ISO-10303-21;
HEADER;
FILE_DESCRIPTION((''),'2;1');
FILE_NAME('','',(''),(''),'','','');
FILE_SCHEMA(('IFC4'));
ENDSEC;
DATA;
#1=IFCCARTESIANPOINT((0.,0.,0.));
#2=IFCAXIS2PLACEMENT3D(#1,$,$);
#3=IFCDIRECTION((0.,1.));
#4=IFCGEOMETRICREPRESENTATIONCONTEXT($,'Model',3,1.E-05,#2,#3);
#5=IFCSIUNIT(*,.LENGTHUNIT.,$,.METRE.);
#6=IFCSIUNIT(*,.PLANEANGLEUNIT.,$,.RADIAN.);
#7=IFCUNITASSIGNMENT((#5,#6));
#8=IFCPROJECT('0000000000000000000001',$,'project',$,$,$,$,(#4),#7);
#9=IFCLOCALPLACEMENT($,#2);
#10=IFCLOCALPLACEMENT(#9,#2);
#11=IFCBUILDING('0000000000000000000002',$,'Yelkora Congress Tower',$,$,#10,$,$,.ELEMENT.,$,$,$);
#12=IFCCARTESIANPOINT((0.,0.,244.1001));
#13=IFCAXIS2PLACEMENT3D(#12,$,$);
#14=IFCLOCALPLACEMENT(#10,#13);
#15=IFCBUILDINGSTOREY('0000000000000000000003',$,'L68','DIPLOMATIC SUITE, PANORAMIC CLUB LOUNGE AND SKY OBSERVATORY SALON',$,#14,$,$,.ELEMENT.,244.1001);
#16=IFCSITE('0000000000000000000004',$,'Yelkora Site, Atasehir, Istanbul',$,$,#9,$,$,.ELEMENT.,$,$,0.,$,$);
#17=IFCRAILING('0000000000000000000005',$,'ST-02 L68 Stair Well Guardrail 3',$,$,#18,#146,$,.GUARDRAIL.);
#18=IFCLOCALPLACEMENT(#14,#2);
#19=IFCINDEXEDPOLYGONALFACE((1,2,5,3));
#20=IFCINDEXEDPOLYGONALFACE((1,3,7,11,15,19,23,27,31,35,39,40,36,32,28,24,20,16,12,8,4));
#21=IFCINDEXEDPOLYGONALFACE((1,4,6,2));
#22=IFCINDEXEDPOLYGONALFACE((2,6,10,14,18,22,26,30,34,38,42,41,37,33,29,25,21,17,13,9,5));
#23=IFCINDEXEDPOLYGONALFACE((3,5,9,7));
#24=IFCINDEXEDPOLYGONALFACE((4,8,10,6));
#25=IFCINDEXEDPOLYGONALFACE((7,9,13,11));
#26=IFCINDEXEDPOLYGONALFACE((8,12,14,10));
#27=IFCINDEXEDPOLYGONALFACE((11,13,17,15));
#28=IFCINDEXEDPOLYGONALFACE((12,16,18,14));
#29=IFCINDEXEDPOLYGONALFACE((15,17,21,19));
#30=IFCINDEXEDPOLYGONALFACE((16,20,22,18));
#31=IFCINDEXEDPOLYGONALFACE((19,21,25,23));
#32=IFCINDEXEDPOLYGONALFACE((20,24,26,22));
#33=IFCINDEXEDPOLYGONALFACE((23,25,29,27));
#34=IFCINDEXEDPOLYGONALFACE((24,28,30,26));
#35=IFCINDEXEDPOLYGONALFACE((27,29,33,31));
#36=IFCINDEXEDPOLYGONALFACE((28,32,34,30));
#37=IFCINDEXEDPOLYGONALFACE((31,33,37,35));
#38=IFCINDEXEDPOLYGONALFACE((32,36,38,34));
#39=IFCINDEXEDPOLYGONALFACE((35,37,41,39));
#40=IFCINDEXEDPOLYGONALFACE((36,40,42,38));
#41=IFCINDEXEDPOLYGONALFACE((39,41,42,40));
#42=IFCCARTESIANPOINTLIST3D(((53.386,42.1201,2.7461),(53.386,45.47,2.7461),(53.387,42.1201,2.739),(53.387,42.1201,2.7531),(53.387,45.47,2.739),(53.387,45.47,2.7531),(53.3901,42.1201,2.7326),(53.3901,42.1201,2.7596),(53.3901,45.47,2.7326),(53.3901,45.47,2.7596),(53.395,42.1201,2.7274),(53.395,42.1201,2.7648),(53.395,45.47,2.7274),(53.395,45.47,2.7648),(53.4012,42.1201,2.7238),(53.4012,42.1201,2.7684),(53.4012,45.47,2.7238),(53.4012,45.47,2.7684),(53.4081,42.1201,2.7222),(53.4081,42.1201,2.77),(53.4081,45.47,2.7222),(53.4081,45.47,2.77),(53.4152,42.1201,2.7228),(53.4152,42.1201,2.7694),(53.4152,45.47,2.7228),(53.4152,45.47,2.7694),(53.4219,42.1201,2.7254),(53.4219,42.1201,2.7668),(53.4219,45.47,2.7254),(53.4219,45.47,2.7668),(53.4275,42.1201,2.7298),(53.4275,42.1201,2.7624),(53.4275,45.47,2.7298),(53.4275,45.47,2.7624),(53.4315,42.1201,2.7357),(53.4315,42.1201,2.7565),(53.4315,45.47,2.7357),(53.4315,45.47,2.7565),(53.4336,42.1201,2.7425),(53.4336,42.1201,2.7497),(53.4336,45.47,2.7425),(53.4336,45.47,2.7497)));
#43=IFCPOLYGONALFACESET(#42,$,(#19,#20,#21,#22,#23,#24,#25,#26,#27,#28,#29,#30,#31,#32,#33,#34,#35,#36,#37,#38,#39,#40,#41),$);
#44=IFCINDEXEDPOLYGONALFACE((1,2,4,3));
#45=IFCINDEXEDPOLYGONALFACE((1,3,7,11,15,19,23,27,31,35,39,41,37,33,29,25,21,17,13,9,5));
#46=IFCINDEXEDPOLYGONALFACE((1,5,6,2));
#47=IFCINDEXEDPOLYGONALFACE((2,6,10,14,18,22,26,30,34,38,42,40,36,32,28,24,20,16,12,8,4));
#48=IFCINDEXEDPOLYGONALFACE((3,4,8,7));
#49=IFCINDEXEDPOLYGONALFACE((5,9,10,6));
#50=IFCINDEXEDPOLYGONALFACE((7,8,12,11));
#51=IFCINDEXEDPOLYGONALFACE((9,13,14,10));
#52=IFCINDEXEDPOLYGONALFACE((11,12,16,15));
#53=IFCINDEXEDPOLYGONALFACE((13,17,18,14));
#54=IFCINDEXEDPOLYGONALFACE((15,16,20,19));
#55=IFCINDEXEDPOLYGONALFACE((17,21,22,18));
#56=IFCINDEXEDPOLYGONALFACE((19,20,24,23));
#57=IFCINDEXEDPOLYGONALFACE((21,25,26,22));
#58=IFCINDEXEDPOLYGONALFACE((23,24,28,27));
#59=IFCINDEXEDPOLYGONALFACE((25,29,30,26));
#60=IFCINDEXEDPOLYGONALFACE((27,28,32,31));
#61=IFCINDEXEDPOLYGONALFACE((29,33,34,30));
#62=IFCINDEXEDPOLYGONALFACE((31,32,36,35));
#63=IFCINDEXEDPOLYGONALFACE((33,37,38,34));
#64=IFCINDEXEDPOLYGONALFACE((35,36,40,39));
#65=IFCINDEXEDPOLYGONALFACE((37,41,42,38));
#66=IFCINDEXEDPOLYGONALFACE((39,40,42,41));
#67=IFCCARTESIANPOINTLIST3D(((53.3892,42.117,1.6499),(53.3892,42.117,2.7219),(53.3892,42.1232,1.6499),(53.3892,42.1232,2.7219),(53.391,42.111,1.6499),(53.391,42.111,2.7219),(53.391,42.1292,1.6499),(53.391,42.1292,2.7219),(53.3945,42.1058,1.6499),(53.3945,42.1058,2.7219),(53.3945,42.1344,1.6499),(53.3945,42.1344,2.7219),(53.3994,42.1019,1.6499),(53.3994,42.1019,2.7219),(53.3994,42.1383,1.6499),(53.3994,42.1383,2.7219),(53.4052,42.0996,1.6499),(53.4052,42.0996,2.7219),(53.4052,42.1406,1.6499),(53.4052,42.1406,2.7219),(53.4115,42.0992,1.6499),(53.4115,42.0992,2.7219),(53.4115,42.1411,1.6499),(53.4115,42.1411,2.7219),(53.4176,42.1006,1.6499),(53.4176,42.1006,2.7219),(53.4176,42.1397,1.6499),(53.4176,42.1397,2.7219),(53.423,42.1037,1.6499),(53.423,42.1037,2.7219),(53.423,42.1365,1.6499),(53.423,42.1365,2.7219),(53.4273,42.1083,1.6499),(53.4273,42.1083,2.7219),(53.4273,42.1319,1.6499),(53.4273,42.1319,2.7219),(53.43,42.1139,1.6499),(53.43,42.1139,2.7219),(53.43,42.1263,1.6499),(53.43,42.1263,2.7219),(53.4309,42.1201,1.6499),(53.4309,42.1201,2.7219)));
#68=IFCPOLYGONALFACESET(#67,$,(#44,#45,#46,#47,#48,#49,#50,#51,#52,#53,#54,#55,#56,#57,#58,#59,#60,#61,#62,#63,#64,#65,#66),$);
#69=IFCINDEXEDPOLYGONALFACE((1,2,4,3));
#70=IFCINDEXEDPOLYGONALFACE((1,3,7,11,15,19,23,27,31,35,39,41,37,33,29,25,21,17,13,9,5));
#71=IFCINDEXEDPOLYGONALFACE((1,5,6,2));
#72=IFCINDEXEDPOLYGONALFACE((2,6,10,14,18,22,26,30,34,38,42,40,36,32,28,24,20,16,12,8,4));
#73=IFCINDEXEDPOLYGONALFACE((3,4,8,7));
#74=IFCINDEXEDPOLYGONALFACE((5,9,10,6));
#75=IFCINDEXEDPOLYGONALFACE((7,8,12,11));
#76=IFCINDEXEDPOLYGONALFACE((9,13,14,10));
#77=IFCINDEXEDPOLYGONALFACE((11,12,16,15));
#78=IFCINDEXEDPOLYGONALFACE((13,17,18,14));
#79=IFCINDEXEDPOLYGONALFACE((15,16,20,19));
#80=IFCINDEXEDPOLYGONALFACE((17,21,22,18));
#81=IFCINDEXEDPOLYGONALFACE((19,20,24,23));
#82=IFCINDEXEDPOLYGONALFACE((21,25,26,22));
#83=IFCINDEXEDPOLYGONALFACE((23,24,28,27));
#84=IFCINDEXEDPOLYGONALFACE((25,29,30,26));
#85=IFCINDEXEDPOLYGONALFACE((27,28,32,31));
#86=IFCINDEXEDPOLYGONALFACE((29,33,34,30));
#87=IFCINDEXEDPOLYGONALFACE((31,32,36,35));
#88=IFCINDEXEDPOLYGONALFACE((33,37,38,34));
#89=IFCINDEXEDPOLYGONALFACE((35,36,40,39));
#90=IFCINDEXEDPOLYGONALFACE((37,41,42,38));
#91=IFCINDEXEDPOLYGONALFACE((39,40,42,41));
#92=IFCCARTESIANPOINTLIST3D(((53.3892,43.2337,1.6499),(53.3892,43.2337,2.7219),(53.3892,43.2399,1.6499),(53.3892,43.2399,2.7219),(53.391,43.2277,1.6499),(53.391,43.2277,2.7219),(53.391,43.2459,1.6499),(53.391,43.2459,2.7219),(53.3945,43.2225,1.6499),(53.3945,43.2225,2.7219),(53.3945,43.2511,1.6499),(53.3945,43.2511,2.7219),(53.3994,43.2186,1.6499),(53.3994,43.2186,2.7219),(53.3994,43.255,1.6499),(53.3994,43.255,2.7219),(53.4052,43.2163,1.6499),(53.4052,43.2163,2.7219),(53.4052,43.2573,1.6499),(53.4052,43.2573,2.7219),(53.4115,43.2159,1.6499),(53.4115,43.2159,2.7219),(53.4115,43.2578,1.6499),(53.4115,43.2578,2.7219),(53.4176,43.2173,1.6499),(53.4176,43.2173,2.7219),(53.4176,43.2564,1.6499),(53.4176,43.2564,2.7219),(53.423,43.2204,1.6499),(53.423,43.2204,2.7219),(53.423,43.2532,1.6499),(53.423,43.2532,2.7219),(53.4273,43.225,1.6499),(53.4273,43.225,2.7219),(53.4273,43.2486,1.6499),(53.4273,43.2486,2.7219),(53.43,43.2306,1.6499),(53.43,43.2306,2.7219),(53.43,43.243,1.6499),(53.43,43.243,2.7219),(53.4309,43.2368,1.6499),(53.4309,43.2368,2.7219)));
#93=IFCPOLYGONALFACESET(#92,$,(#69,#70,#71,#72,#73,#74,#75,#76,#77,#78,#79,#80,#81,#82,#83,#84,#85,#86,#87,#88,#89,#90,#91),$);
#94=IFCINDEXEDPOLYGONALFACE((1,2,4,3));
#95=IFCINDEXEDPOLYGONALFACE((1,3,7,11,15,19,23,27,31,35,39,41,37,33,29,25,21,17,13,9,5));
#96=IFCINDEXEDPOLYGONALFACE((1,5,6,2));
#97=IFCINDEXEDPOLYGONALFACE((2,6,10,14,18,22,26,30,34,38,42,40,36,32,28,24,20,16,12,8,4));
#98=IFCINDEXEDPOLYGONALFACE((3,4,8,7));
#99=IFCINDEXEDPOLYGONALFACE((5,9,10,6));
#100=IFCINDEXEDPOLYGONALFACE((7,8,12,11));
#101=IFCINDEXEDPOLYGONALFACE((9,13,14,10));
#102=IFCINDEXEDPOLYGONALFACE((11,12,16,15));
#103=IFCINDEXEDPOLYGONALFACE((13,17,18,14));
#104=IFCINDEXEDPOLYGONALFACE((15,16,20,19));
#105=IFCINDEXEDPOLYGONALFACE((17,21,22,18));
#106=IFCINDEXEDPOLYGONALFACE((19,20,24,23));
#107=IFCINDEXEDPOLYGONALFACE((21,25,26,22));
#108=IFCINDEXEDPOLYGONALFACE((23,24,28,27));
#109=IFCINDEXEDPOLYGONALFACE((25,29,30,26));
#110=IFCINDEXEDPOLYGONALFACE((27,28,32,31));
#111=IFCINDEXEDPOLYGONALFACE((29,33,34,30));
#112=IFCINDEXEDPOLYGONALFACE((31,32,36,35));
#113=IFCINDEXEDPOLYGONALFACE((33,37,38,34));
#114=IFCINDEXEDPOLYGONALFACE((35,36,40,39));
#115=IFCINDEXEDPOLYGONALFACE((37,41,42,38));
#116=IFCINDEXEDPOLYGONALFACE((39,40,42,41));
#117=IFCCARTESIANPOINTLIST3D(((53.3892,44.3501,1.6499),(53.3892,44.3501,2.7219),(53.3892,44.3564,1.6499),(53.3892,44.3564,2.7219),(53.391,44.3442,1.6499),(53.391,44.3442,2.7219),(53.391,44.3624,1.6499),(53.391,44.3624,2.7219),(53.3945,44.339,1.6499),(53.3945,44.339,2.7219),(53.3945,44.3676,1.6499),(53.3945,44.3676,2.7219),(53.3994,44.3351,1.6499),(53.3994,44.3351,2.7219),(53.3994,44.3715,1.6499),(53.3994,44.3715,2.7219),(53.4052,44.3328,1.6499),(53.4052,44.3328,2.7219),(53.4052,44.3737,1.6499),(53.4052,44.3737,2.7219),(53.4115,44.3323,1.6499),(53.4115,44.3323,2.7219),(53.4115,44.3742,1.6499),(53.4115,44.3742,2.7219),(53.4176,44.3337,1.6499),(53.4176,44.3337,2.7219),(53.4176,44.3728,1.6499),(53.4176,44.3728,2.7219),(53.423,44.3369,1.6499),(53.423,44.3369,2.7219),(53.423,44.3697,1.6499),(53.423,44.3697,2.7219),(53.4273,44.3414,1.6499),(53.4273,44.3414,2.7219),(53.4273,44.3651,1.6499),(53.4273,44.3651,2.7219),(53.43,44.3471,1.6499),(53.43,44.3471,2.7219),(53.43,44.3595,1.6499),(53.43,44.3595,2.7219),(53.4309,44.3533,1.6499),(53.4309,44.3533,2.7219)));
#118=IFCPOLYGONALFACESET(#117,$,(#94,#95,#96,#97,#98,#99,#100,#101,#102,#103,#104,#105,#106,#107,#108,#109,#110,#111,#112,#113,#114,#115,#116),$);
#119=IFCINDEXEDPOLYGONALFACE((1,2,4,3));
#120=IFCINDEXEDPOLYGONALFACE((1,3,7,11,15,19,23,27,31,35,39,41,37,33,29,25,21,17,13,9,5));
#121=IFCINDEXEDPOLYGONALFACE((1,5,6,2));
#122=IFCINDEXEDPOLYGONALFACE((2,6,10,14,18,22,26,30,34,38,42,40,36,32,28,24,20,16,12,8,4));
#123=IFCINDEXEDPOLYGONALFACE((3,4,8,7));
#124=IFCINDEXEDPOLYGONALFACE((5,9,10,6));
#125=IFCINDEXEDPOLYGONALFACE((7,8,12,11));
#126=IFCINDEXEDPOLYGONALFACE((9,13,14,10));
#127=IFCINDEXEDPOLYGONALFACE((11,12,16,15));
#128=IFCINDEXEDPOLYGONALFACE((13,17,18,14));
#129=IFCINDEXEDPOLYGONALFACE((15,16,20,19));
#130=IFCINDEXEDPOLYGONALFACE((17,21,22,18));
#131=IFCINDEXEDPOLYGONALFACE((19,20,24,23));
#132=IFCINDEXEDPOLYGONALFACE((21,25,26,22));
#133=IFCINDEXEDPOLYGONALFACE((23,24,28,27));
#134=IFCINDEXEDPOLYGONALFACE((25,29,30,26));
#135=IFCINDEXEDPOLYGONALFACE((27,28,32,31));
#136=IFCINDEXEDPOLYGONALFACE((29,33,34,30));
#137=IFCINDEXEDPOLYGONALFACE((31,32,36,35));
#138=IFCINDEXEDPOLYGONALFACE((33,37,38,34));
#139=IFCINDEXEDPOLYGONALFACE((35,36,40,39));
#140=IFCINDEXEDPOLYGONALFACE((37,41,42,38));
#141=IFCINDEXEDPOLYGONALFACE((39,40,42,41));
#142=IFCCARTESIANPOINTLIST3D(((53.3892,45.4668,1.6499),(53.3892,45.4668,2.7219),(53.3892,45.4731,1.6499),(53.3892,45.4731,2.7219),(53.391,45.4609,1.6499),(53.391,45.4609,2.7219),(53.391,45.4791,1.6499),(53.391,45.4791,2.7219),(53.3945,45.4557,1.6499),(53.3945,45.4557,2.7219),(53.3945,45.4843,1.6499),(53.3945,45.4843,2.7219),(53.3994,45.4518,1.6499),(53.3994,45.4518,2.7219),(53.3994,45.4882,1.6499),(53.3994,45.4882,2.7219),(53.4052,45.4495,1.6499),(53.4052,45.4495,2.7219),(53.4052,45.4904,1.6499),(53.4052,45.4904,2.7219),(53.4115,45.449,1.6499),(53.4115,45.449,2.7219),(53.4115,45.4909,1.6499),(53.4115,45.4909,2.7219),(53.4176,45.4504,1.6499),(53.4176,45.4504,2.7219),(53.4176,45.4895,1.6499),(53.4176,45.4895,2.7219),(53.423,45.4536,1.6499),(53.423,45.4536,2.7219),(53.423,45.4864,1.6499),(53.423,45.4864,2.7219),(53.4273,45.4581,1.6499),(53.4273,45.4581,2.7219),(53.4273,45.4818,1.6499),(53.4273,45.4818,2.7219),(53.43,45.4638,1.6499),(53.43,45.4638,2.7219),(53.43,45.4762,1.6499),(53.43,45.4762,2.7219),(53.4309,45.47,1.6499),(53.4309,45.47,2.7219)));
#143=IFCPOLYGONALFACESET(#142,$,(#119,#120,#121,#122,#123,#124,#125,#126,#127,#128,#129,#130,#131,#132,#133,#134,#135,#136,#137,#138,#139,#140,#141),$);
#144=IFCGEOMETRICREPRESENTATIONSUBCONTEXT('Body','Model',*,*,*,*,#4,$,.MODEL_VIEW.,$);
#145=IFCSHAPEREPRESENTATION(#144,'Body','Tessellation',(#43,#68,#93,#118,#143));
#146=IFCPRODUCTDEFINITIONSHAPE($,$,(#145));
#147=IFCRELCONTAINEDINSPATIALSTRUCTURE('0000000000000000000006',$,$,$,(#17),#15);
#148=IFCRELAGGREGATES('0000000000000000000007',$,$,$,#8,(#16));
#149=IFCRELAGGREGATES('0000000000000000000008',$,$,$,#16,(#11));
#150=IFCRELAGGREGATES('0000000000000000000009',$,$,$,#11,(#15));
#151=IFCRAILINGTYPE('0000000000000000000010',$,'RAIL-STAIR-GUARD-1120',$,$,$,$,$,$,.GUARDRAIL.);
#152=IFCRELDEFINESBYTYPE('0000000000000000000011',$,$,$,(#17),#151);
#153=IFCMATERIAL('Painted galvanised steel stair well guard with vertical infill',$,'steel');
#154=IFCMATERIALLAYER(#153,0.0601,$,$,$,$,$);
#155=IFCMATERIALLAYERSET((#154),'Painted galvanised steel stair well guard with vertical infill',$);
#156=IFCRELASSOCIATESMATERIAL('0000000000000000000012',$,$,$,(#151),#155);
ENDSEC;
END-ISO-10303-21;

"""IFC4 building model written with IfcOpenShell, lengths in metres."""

from ifc_helpers import new_model, si_unit, direction, frame, origin, origin_2d, place, context, subcontext, project, spatial, circle, extrude, material, layer, layer_set, type_object, element, save


model = new_model("IFC4")

# Units and contexts
model_context = context("Model", 3, precision=1e-05, world=origin(), true_north=direction((0.0, 1.0)))
body_context = subcontext(model_context, "Body", "Model", "MODEL_VIEW")
ifc_project = project(units=[si_unit("LENGTHUNIT", "METRE"), si_unit("PLANEANGLEUNIT", "RADIAN")], contexts=[model_context])

# Site, building, storey
site_placement = place(None, origin())
site = spatial("IfcSite", under=ifc_project, at=site_placement, Name="Yelkora Site, Atasehir, Istanbul", CompositionType="ELEMENT", RefElevation=0.0)
building_placement = place(site_placement, origin())
building = spatial("IfcBuilding", under=site, at=building_placement, Name="Yelkora Congress Tower", CompositionType="ELEMENT")
storey_placement = place(building_placement, frame((0.0, 0.0, 244.1001)))
storey = spatial("IfcBuildingStorey", under=building, at=storey_placement, Name="L68", Description="DIPLOMATIC SUITE, PANORAMIC CLUB LOUNGE AND SKY OBSERVATORY SALON", CompositionType="ELEMENT", Elevation=244.1001)

# Railing
ifc_material_1 = material(Name="Painted galvanised steel stair well guard with vertical infill", Category="steel")
ifc_layer_1 = layer(ifc_material_1, 0.0601)
ifc_layer_set_1 = layer_set([ifc_layer_1], Name="Painted galvanised steel stair well guard with vertical infill")
railing_type_1 = type_object("IfcRailingType", Name="RAIL-STAIR-GUARD-1120", PredefinedType="GUARDRAIL", material=ifc_layer_set_1)
railing_1_placement = place(storey_placement, frame((53.4099, 42.1201, 1.6499)))
element("IfcRailing", 1, at=railing_1_placement, inside=storey, type_object=railing_type_1, Name="ST-02 L68 Stair Well Guardrail 3", PredefinedType="GUARDRAIL", context=body_context, shape_type="SweptSolid", body=[
    extrude(circle(Radius=0.0239, at=origin_2d()), frame((0.0, 0.0, 1.0962), z_axis=(0.0, 1.0, 0.0), x_axis=(-1.0, 0.0, 0.0)), (0.0, 0.0, 1.0), 3.3499),
    extrude(circle(Radius=0.021, at=origin_2d()), origin(), (0.0, 0.0, 1.0), 1.072),
    extrude(circle(Radius=0.021, at=origin_2d()), frame((0.0, 1.1167, 0.0)), (0.0, 0.0, 1.0), 1.072),
    extrude(circle(Radius=0.021, at=origin_2d()), frame((0.0, 2.2332, 0.0)), (0.0, 0.0, 1.0), 1.072),
    extrude(circle(Radius=0.021, at=origin_2d()), frame((0.0, 3.3499, 0.0)), (0.0, 0.0, 1.0), 1.072),
])

save(model, "model.ifc")
